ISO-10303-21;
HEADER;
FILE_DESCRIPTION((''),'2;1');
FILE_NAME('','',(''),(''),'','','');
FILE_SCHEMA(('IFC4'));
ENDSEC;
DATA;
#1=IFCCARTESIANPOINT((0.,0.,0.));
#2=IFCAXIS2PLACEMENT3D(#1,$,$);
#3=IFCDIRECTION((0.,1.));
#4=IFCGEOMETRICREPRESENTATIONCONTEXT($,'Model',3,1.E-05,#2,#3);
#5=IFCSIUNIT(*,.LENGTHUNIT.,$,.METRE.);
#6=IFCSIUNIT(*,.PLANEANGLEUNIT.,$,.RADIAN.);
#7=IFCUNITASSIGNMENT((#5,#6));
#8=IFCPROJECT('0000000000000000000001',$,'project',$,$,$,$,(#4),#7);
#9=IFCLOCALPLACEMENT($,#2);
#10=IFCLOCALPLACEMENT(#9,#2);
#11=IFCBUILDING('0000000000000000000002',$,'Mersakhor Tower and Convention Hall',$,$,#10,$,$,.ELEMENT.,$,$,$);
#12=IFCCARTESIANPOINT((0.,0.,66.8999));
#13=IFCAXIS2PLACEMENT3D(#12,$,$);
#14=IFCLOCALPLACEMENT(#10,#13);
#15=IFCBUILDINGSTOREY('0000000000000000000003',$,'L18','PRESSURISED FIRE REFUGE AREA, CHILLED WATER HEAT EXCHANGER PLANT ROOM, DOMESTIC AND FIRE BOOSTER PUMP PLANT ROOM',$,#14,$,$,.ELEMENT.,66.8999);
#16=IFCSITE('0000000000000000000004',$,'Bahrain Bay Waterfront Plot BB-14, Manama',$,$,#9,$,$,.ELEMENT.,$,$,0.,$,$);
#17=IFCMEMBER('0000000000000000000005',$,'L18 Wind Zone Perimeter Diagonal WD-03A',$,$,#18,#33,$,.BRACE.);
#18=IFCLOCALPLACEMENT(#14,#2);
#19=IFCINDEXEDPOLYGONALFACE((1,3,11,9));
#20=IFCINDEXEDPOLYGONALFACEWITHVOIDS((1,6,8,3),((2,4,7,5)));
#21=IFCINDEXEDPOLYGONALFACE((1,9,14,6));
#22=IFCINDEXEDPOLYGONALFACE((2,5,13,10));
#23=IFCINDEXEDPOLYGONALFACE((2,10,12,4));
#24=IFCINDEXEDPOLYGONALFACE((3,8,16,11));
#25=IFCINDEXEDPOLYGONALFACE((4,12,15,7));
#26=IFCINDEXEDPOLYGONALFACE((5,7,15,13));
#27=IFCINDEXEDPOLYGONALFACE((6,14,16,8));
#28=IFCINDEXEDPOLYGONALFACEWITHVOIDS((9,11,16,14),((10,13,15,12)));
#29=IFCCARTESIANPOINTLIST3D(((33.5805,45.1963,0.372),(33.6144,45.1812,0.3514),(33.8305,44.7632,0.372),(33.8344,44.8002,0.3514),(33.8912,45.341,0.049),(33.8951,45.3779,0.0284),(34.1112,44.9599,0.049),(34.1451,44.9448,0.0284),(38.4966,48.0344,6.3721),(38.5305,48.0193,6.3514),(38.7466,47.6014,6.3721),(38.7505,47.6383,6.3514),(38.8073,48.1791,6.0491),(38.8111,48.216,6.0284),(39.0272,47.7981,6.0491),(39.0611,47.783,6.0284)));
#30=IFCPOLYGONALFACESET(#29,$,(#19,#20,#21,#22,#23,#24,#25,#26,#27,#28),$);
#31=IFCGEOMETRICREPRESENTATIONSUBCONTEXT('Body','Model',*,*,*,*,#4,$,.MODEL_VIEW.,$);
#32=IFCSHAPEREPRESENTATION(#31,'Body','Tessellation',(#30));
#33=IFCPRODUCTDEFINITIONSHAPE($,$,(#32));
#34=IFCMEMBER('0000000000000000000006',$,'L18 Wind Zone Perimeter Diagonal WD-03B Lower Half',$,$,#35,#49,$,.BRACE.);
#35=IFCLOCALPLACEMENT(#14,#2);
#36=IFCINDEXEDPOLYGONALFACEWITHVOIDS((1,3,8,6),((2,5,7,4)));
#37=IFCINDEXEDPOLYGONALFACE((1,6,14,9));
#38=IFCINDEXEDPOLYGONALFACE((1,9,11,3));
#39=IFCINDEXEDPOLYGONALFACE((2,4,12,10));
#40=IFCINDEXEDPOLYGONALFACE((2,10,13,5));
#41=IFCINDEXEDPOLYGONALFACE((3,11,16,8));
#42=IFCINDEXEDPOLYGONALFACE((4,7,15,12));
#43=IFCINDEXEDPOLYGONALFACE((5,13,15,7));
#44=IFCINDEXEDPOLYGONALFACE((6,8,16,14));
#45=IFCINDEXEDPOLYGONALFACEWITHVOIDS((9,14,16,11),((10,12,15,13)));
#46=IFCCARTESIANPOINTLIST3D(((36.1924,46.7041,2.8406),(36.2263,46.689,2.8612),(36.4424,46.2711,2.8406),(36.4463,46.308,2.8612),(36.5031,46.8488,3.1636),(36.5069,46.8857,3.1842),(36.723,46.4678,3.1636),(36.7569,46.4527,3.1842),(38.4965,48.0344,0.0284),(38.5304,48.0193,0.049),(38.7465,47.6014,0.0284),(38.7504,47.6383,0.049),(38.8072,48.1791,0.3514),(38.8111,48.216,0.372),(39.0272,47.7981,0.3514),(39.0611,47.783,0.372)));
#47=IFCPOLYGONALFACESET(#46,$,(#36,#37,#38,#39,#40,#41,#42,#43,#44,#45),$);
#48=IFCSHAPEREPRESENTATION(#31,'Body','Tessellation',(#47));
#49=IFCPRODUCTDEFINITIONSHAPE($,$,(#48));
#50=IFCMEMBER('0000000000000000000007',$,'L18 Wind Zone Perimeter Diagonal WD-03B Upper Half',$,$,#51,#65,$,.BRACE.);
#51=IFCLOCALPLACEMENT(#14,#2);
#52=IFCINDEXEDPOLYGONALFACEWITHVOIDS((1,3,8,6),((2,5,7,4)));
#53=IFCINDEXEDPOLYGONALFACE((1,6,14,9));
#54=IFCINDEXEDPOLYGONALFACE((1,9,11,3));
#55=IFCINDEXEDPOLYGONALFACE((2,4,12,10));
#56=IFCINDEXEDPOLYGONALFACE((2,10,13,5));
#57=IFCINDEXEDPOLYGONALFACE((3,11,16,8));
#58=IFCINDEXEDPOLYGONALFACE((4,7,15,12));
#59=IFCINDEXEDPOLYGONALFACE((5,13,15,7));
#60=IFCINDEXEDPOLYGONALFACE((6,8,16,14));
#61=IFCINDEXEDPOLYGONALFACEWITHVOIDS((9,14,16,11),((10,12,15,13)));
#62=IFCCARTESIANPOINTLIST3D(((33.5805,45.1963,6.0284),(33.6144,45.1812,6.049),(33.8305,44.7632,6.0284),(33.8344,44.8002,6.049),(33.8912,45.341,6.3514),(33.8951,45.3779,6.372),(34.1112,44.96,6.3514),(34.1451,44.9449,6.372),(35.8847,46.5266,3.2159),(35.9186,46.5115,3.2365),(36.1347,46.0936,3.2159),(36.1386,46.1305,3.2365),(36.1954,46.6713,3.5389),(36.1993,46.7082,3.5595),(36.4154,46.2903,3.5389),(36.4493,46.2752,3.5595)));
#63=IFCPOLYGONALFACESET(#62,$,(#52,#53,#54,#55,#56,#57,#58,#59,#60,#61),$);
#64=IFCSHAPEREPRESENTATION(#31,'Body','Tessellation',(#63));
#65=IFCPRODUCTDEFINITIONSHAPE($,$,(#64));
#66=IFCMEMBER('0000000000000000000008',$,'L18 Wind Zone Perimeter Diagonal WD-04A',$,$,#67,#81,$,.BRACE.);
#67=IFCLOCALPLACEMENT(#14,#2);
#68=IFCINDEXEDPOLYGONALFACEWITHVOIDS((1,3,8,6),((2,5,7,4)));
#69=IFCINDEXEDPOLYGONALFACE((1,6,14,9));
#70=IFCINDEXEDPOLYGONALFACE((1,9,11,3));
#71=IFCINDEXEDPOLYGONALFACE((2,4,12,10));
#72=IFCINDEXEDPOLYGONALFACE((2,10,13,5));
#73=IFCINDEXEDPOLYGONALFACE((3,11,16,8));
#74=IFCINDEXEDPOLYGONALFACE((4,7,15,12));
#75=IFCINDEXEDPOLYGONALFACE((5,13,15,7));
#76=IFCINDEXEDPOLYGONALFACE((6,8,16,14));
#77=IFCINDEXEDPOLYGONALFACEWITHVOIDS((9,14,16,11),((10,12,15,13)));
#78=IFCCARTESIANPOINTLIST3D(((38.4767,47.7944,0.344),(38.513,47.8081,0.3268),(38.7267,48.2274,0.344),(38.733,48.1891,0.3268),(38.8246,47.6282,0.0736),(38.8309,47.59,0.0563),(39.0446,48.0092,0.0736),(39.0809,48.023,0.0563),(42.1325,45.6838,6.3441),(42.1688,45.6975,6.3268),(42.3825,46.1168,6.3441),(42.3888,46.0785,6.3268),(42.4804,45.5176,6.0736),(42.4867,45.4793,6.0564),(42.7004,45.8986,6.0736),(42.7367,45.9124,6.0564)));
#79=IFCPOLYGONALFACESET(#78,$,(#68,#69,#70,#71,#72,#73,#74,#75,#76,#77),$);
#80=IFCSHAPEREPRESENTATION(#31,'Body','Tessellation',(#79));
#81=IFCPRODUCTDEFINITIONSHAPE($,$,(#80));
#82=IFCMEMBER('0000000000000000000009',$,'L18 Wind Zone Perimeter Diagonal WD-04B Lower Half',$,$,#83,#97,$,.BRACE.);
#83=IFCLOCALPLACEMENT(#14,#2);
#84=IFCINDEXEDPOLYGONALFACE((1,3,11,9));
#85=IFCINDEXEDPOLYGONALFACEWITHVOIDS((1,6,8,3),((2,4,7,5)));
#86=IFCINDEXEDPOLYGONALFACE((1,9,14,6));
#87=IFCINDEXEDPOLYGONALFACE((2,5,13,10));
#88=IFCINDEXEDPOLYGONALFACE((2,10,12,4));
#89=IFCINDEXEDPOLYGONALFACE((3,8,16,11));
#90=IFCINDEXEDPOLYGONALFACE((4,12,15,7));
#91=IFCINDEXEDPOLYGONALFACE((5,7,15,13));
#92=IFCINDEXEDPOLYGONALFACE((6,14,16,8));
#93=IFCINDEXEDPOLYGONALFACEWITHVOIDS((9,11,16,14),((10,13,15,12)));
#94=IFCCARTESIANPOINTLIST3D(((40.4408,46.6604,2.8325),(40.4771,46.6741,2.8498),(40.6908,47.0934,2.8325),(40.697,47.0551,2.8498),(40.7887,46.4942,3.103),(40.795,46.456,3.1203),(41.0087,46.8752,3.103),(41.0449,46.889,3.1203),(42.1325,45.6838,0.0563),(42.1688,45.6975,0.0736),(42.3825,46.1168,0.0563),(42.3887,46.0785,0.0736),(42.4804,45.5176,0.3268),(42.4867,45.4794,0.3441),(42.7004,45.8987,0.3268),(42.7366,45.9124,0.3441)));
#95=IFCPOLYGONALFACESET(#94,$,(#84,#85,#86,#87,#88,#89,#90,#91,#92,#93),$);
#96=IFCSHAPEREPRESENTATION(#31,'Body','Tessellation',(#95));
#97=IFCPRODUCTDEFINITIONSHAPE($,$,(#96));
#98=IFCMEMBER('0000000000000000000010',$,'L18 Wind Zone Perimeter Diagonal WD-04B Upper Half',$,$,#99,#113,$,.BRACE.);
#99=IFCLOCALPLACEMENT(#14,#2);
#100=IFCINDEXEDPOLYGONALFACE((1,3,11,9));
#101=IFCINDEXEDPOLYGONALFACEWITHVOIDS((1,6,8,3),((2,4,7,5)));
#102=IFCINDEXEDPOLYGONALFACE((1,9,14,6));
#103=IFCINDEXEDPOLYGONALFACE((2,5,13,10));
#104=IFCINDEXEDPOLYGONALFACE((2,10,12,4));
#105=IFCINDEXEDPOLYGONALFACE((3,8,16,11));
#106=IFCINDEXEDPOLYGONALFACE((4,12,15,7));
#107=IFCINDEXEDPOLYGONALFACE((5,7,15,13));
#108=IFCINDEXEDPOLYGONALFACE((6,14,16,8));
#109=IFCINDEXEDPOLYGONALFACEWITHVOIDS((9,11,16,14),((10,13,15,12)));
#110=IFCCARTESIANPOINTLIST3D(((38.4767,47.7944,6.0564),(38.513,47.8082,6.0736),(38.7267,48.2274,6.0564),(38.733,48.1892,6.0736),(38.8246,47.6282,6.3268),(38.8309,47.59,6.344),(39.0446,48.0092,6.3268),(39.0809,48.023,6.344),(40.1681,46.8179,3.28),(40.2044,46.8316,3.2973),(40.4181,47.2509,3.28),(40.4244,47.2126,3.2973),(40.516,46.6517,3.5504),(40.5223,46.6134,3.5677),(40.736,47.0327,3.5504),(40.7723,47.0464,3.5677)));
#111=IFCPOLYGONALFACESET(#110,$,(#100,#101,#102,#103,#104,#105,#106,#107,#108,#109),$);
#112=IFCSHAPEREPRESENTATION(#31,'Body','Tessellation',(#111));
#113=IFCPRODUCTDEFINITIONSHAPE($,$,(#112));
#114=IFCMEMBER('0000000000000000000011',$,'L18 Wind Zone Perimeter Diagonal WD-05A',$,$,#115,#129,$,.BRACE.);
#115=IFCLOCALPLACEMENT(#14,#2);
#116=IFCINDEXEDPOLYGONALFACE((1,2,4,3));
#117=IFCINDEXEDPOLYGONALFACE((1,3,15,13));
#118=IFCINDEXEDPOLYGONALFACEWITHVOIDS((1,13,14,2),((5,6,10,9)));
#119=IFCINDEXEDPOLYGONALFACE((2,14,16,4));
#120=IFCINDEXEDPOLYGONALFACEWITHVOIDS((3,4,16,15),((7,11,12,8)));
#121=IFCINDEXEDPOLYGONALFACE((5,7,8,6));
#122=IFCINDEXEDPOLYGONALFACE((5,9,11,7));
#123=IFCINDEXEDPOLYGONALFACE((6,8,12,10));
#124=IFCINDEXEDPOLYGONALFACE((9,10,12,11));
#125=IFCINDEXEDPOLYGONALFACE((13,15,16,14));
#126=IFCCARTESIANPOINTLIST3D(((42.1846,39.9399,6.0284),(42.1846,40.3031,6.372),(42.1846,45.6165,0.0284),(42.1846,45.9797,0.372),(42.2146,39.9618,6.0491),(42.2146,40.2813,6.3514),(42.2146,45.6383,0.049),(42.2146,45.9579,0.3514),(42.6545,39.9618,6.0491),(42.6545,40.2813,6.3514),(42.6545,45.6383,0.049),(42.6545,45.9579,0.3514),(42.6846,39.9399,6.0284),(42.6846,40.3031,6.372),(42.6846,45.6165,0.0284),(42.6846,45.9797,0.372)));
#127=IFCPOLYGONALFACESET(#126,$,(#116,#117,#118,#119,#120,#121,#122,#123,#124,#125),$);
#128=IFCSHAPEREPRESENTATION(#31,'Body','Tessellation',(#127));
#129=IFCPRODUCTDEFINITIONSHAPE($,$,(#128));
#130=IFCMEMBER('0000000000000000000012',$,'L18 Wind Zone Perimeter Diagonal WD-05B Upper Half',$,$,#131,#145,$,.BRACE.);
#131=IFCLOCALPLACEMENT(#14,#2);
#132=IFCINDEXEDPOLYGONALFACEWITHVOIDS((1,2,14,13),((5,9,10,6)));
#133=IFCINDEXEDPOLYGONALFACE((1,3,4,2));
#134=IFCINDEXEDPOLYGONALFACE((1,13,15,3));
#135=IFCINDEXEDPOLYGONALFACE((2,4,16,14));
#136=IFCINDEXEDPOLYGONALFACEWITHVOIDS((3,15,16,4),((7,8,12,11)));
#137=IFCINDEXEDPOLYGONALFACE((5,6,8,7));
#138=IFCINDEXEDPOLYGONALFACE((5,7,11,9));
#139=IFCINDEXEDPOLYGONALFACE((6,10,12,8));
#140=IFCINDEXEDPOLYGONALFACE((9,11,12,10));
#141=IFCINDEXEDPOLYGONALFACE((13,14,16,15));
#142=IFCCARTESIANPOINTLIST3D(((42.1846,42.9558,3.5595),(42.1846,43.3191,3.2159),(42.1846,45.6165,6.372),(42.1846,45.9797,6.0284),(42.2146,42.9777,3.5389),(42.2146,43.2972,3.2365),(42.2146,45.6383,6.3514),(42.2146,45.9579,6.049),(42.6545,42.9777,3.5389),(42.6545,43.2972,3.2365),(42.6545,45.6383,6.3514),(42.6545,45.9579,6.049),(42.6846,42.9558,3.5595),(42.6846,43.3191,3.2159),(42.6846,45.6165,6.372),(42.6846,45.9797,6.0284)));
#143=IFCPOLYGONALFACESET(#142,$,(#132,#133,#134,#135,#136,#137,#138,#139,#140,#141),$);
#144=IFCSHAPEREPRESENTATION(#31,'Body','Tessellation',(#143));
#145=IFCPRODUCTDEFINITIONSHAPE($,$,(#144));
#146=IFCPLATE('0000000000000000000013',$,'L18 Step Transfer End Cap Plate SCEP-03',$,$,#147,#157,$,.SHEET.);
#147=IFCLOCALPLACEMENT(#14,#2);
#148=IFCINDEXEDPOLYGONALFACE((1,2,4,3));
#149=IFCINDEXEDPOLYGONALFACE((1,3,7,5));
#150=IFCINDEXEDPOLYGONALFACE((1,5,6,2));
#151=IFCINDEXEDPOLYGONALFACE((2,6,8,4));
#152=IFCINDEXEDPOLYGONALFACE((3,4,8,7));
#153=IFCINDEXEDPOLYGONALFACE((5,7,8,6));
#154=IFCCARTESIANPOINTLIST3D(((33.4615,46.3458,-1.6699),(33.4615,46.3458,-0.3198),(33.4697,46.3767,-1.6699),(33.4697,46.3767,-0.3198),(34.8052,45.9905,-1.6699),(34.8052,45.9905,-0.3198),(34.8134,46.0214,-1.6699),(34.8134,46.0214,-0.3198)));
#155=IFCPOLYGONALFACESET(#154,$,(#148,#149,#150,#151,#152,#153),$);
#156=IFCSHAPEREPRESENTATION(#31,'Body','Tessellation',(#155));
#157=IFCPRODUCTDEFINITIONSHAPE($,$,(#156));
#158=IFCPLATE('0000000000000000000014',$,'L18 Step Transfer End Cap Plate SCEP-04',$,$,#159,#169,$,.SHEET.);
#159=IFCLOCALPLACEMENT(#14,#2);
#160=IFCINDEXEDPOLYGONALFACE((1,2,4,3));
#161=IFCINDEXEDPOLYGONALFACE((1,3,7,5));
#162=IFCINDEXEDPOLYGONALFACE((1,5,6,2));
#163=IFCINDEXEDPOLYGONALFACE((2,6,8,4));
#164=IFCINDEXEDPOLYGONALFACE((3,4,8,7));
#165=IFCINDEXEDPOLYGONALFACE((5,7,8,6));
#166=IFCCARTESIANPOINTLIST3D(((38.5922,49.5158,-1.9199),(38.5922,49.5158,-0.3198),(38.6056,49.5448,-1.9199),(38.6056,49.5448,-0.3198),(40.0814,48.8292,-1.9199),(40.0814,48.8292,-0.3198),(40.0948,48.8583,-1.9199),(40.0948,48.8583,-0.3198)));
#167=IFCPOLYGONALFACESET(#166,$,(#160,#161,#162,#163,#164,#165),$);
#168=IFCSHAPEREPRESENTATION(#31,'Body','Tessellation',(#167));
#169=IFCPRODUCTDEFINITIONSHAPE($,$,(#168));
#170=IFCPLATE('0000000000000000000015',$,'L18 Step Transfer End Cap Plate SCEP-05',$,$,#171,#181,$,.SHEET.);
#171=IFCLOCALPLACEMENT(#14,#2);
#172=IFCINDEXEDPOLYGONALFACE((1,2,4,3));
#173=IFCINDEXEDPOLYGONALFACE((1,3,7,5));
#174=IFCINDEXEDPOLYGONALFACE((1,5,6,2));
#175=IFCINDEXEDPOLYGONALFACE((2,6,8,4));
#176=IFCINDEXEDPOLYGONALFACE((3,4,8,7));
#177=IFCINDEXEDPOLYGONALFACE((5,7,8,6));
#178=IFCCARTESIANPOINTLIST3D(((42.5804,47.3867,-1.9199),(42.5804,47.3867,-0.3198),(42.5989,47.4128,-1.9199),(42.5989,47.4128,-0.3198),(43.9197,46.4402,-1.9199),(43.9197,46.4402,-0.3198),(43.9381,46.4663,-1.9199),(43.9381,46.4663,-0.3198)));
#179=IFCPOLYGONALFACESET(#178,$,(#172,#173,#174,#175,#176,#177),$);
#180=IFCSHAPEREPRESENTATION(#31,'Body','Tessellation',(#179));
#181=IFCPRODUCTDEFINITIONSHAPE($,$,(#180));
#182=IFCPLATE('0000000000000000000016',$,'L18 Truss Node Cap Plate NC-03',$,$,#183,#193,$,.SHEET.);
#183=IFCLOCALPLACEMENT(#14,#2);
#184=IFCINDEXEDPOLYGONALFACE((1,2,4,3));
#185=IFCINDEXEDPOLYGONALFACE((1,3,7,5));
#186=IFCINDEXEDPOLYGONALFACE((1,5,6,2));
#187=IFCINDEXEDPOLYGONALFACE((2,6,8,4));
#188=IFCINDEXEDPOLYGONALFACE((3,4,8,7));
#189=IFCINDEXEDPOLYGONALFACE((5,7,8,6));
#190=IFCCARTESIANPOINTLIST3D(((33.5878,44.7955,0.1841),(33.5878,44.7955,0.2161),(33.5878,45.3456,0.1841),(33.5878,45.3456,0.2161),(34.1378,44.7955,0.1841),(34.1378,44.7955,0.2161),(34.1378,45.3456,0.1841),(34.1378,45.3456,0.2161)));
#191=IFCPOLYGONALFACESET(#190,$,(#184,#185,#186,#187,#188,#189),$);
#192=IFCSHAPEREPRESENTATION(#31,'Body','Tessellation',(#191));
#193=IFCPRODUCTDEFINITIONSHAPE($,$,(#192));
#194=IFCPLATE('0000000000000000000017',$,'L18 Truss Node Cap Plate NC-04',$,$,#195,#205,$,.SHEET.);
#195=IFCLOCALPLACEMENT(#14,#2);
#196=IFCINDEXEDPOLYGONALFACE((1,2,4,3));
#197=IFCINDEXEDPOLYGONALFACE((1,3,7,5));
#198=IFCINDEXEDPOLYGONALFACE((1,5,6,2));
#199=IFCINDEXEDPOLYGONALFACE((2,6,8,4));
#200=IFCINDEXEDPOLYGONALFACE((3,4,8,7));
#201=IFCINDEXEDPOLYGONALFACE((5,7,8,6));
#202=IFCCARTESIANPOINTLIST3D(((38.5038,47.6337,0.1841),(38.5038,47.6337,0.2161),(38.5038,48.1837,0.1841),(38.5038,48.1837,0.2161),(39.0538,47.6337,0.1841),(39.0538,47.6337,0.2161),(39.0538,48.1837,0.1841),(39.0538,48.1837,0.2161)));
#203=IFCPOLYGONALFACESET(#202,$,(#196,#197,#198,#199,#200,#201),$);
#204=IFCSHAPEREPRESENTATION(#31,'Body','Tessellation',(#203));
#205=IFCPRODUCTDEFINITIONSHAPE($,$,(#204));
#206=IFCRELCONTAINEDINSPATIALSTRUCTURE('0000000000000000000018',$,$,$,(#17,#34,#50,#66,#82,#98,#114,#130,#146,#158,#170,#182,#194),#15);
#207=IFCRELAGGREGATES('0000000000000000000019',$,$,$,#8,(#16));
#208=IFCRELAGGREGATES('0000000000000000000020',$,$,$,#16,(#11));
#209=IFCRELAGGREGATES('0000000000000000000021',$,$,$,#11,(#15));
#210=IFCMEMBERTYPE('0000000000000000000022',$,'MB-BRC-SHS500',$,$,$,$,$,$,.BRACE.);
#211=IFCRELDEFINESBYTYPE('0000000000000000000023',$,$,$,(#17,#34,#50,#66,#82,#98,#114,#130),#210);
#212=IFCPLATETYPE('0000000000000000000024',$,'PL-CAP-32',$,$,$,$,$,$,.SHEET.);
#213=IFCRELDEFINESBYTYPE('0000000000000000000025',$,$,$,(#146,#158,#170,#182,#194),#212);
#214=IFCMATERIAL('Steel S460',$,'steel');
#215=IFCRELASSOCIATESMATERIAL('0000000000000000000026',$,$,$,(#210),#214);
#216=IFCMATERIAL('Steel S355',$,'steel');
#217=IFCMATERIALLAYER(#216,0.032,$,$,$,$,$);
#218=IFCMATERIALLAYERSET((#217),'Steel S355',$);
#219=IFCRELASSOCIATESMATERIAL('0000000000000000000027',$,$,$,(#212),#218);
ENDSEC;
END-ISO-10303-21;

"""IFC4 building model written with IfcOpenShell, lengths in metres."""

from ifc_helpers import new_model, si_unit, direction, frame, origin, origin_2d, place, context, subcontext, project, spatial, rectangle, hollow_rectangle, extrude, material, layer, layer_set, material_profile, profile_set, type_object, element, save


model = new_model("IFC4")

# Units and contexts
model_context = context("Model", 3, precision=1e-05, world=origin(), true_north=direction((0.0, 1.0)))
body_context = subcontext(model_context, "Body", "Model", "MODEL_VIEW")
ifc_project = project(units=[si_unit("LENGTHUNIT", "METRE"), si_unit("PLANEANGLEUNIT", "RADIAN")], contexts=[model_context])

# Site, building, storey
site_placement = place(None, origin())
site = spatial("IfcSite", under=ifc_project, at=site_placement, Name="Bahrain Bay Waterfront Plot BB-14, Manama", CompositionType="ELEMENT", RefElevation=0.0)
building_placement = place(site_placement, origin())
building = spatial("IfcBuilding", under=site, at=building_placement, Name="Mersakhor Tower and Convention Hall", CompositionType="ELEMENT")
storey_placement = place(building_placement, frame((0.0, 0.0, 66.8999)))
storey = spatial("IfcBuildingStorey", under=building, at=storey_placement, Name="L18", Description="PRESSURISED FIRE REFUGE AREA, CHILLED WATER HEAT EXCHANGER PLANT ROOM, DOMESTIC AND FIRE BOOSTER PUMP PLANT ROOM", CompositionType="ELEMENT", Elevation=66.8999)

# Members
ifc_material_1 = material(Name="Steel S460", Category="steel")
ifc_material_profile_1 = material_profile(ifc_material_1, hollow_rectangle(XDim=0.5, YDim=0.5, WallThickness=0.03, at=origin_2d()), Name="SHS 500x500x30")
ifc_profile_set_1 = profile_set([ifc_material_profile_1], Name="Steel S460")
member_type = type_object("IfcMemberType", Name="MB-BRC-SHS500", PredefinedType="BRACE", material=ifc_profile_set_1)
member_1_placement = place(storey_placement, frame((33.8628, 45.0706, 0.2002), z_axis=(0.595183, 0.343613, 0.726421), x_axis=(-0.499983, 0.866035, 0.0)))
element("IfcMember", 1, at=member_1_placement, inside=storey, type_object=member_type, Name="L18 Wind Zone Perimeter Diagonal WD-03A", PredefinedType="BRACE", context=body_context, shape_type="SweptSolid", body=[
    extrude(hollow_rectangle(XDim=0.5, YDim=0.5, WallThickness=0.03, at=origin_2d()), origin(), (0.0, 0.0, 1.0), 8.2598),
])
member_2_placement = place(storey_placement, frame((38.7788, 47.9087, 0.2002), z_axis=(-0.595182, -0.343627, 0.726415), x_axis=(0.499998, -0.866027, 0.0)))
element("IfcMember", 2, at=member_2_placement, inside=storey, type_object=member_type, Name="L18 Wind Zone Perimeter Diagonal WD-03B Lower Half", PredefinedType="BRACE", context=body_context, shape_type="SweptSolid", body=[
    extrude(hollow_rectangle(XDim=0.5, YDim=0.5, WallThickness=0.03, at=origin_2d()), origin(), (0.0, 0.0, 1.0), 3.8713),
])
member_3_placement = place(storey_placement, frame((36.167, 46.4009, 3.3877), z_axis=(-0.595155, -0.343611, 0.726445), x_axis=(0.499998, -0.866027, 0.0)))
element("IfcMember", 3, at=member_3_placement, inside=storey, type_object=member_type, Name="L18 Wind Zone Perimeter Diagonal WD-03B Upper Half", PredefinedType="BRACE", context=body_context, shape_type="SweptSolid", body=[
    extrude(hollow_rectangle(XDim=0.5, YDim=0.5, WallThickness=0.03, at=origin_2d()), origin(), (0.0, 0.0, 1.0), 3.8716),
])
member_4_placement = place(storey_placement, frame((38.7788, 47.9087, 0.2002), z_axis=(0.498321, -0.287698, 0.817867), x_axis=(0.499989, 0.866031, 0.0)))
element("IfcMember", 4, at=member_4_placement, inside=storey, type_object=member_type, Name="L18 Wind Zone Perimeter Diagonal WD-04A", PredefinedType="BRACE", context=body_context, shape_type="SweptSolid", body=[
    extrude(hollow_rectangle(XDim=0.5, YDim=0.5, WallThickness=0.03, at=origin_2d()), origin(), (0.0, 0.0, 1.0), 7.3362),
])
for number, where, z_axis, x_axis, name in (
    (5, (42.4346, 45.7981, 0.2002), (-0.498359, 0.287695, 0.817844), (-0.499957, -0.86605, 0.0), "L18 Wind Zone Perimeter Diagonal WD-04B Lower Half"),
    (6, (40.4702, 46.9321, 3.4238), (-0.498276, 0.287688, 0.817898), (-0.500011, -0.866019, 0.0), "L18 Wind Zone Perimeter Diagonal WD-04B Upper Half"),
):
    element("IfcMember", number, at=place(storey_placement, frame(where, z_axis=z_axis, x_axis=x_axis)), inside=storey, type_object=member_type, Name=name, PredefinedType="BRACE", context=body_context, shape_type="SweptSolid", body=[
        extrude(hollow_rectangle(XDim=0.5, YDim=0.5, WallThickness=0.03, at=origin_2d()), origin(), (0.0, 0.0, 1.0), 3.3945),
    ])
member_5_placement = place(storey_placement, frame((42.4346, 45.7981, 0.2002), z_axis=(0.0, -0.687253, 0.726418), x_axis=(1.0, 0.0, 0.0)))
element("IfcMember", 7, at=member_5_placement, inside=storey, type_object=member_type, Name="L18 Wind Zone Perimeter Diagonal WD-05A", PredefinedType="BRACE", context=body_context, shape_type="SweptSolid", body=[
    extrude(hollow_rectangle(XDim=0.5, YDim=0.5, WallThickness=0.03, at=origin_2d()), origin(), (0.0, 0.0, 1.0), 8.2598),
])
member_6_placement = place(storey_placement, frame((42.4346, 43.1375, 3.3877), z_axis=(0.0, 0.687223, 0.726446), x_axis=(-1.0, 0.0, 0.0)))
element("IfcMember", 8, at=member_6_placement, inside=storey, type_object=member_type, Name="L18 Wind Zone Perimeter Diagonal WD-05B Upper Half", PredefinedType="BRACE", context=body_context, shape_type="SweptSolid", body=[
    extrude(hollow_rectangle(XDim=0.5, YDim=0.5, WallThickness=0.03, at=origin_2d()), origin(), (0.0, 0.0, 1.0), 3.8716),
])

# Plates
ifc_material_2 = material(Name="Steel S355", Category="steel")
ifc_layer_1 = layer(ifc_material_2, 0.032)
ifc_layer_set_1 = layer_set([ifc_layer_1], Name="Steel S355")
plate_type_1 = type_object("IfcPlateType", Name="PL-CAP-32", PredefinedType="SHEET", material=ifc_layer_set_1)
plate_placement = place(storey_placement, frame((34.1375, 46.1836, -1.6699), z_axis=(0.0, 0.0, 1.0), x_axis=(-0.255614, -0.966779, 0.0)))
element("IfcPlate", 9, at=plate_placement, inside=storey, type_object=plate_type_1, Name="L18 Step Transfer End Cap Plate SCEP-03", PredefinedType="SHEET", context=body_context, shape_type="SweptSolid", body=[
    extrude(rectangle(XDim=0.032, YDim=1.3899, at=origin_2d()), origin(), (0.0, 0.0, 1.0), 1.3501),
])
for number, where, z_axis, x_axis, name in (
    (10, (39.3435, 49.187, -1.9199), (0.0, 0.0, 1.0), (-0.41866, -0.908143, 0.0), "L18 Step Transfer End Cap Plate SCEP-04"),
    (11, (43.2593, 46.9265, -1.9199), (0.0, 0.0, 1.0), (-0.577145, -0.816642, 0.0), "L18 Step Transfer End Cap Plate SCEP-05"),
):
    element("IfcPlate", number, at=place(storey_placement, frame(where, z_axis=z_axis, x_axis=x_axis)), inside=storey, type_object=plate_type_1, Name=name, PredefinedType="SHEET", context=body_context, shape_type="SweptSolid", body=[
        extrude(rectangle(XDim=0.032, YDim=1.6399, at=origin_2d()), origin(), (0.0, 0.0, 1.0), 1.6001),
    ])
for number, where, z_axis, x_axis, name in (
    (12, (33.8628, 45.0706, 0.1841), (0.0, 0.0, 1.0), (1.0, 0.0, 0.0), "L18 Truss Node Cap Plate NC-03"),
    (13, (38.7788, 47.9087, 0.1841), (0.0, 0.0, 1.0), (1.0, 0.0, 0.0), "L18 Truss Node Cap Plate NC-04"),
):
    element("IfcPlate", number, at=place(storey_placement, frame(where, z_axis=z_axis, x_axis=x_axis)), inside=storey, type_object=plate_type_1, Name=name, PredefinedType="SHEET", context=body_context, shape_type="SweptSolid", body=[
        extrude(rectangle(XDim=0.55, YDim=0.55, at=origin_2d()), origin(), (0.0, 0.0, 1.0), 0.032),
    ])

save(model, "model.ifc")
